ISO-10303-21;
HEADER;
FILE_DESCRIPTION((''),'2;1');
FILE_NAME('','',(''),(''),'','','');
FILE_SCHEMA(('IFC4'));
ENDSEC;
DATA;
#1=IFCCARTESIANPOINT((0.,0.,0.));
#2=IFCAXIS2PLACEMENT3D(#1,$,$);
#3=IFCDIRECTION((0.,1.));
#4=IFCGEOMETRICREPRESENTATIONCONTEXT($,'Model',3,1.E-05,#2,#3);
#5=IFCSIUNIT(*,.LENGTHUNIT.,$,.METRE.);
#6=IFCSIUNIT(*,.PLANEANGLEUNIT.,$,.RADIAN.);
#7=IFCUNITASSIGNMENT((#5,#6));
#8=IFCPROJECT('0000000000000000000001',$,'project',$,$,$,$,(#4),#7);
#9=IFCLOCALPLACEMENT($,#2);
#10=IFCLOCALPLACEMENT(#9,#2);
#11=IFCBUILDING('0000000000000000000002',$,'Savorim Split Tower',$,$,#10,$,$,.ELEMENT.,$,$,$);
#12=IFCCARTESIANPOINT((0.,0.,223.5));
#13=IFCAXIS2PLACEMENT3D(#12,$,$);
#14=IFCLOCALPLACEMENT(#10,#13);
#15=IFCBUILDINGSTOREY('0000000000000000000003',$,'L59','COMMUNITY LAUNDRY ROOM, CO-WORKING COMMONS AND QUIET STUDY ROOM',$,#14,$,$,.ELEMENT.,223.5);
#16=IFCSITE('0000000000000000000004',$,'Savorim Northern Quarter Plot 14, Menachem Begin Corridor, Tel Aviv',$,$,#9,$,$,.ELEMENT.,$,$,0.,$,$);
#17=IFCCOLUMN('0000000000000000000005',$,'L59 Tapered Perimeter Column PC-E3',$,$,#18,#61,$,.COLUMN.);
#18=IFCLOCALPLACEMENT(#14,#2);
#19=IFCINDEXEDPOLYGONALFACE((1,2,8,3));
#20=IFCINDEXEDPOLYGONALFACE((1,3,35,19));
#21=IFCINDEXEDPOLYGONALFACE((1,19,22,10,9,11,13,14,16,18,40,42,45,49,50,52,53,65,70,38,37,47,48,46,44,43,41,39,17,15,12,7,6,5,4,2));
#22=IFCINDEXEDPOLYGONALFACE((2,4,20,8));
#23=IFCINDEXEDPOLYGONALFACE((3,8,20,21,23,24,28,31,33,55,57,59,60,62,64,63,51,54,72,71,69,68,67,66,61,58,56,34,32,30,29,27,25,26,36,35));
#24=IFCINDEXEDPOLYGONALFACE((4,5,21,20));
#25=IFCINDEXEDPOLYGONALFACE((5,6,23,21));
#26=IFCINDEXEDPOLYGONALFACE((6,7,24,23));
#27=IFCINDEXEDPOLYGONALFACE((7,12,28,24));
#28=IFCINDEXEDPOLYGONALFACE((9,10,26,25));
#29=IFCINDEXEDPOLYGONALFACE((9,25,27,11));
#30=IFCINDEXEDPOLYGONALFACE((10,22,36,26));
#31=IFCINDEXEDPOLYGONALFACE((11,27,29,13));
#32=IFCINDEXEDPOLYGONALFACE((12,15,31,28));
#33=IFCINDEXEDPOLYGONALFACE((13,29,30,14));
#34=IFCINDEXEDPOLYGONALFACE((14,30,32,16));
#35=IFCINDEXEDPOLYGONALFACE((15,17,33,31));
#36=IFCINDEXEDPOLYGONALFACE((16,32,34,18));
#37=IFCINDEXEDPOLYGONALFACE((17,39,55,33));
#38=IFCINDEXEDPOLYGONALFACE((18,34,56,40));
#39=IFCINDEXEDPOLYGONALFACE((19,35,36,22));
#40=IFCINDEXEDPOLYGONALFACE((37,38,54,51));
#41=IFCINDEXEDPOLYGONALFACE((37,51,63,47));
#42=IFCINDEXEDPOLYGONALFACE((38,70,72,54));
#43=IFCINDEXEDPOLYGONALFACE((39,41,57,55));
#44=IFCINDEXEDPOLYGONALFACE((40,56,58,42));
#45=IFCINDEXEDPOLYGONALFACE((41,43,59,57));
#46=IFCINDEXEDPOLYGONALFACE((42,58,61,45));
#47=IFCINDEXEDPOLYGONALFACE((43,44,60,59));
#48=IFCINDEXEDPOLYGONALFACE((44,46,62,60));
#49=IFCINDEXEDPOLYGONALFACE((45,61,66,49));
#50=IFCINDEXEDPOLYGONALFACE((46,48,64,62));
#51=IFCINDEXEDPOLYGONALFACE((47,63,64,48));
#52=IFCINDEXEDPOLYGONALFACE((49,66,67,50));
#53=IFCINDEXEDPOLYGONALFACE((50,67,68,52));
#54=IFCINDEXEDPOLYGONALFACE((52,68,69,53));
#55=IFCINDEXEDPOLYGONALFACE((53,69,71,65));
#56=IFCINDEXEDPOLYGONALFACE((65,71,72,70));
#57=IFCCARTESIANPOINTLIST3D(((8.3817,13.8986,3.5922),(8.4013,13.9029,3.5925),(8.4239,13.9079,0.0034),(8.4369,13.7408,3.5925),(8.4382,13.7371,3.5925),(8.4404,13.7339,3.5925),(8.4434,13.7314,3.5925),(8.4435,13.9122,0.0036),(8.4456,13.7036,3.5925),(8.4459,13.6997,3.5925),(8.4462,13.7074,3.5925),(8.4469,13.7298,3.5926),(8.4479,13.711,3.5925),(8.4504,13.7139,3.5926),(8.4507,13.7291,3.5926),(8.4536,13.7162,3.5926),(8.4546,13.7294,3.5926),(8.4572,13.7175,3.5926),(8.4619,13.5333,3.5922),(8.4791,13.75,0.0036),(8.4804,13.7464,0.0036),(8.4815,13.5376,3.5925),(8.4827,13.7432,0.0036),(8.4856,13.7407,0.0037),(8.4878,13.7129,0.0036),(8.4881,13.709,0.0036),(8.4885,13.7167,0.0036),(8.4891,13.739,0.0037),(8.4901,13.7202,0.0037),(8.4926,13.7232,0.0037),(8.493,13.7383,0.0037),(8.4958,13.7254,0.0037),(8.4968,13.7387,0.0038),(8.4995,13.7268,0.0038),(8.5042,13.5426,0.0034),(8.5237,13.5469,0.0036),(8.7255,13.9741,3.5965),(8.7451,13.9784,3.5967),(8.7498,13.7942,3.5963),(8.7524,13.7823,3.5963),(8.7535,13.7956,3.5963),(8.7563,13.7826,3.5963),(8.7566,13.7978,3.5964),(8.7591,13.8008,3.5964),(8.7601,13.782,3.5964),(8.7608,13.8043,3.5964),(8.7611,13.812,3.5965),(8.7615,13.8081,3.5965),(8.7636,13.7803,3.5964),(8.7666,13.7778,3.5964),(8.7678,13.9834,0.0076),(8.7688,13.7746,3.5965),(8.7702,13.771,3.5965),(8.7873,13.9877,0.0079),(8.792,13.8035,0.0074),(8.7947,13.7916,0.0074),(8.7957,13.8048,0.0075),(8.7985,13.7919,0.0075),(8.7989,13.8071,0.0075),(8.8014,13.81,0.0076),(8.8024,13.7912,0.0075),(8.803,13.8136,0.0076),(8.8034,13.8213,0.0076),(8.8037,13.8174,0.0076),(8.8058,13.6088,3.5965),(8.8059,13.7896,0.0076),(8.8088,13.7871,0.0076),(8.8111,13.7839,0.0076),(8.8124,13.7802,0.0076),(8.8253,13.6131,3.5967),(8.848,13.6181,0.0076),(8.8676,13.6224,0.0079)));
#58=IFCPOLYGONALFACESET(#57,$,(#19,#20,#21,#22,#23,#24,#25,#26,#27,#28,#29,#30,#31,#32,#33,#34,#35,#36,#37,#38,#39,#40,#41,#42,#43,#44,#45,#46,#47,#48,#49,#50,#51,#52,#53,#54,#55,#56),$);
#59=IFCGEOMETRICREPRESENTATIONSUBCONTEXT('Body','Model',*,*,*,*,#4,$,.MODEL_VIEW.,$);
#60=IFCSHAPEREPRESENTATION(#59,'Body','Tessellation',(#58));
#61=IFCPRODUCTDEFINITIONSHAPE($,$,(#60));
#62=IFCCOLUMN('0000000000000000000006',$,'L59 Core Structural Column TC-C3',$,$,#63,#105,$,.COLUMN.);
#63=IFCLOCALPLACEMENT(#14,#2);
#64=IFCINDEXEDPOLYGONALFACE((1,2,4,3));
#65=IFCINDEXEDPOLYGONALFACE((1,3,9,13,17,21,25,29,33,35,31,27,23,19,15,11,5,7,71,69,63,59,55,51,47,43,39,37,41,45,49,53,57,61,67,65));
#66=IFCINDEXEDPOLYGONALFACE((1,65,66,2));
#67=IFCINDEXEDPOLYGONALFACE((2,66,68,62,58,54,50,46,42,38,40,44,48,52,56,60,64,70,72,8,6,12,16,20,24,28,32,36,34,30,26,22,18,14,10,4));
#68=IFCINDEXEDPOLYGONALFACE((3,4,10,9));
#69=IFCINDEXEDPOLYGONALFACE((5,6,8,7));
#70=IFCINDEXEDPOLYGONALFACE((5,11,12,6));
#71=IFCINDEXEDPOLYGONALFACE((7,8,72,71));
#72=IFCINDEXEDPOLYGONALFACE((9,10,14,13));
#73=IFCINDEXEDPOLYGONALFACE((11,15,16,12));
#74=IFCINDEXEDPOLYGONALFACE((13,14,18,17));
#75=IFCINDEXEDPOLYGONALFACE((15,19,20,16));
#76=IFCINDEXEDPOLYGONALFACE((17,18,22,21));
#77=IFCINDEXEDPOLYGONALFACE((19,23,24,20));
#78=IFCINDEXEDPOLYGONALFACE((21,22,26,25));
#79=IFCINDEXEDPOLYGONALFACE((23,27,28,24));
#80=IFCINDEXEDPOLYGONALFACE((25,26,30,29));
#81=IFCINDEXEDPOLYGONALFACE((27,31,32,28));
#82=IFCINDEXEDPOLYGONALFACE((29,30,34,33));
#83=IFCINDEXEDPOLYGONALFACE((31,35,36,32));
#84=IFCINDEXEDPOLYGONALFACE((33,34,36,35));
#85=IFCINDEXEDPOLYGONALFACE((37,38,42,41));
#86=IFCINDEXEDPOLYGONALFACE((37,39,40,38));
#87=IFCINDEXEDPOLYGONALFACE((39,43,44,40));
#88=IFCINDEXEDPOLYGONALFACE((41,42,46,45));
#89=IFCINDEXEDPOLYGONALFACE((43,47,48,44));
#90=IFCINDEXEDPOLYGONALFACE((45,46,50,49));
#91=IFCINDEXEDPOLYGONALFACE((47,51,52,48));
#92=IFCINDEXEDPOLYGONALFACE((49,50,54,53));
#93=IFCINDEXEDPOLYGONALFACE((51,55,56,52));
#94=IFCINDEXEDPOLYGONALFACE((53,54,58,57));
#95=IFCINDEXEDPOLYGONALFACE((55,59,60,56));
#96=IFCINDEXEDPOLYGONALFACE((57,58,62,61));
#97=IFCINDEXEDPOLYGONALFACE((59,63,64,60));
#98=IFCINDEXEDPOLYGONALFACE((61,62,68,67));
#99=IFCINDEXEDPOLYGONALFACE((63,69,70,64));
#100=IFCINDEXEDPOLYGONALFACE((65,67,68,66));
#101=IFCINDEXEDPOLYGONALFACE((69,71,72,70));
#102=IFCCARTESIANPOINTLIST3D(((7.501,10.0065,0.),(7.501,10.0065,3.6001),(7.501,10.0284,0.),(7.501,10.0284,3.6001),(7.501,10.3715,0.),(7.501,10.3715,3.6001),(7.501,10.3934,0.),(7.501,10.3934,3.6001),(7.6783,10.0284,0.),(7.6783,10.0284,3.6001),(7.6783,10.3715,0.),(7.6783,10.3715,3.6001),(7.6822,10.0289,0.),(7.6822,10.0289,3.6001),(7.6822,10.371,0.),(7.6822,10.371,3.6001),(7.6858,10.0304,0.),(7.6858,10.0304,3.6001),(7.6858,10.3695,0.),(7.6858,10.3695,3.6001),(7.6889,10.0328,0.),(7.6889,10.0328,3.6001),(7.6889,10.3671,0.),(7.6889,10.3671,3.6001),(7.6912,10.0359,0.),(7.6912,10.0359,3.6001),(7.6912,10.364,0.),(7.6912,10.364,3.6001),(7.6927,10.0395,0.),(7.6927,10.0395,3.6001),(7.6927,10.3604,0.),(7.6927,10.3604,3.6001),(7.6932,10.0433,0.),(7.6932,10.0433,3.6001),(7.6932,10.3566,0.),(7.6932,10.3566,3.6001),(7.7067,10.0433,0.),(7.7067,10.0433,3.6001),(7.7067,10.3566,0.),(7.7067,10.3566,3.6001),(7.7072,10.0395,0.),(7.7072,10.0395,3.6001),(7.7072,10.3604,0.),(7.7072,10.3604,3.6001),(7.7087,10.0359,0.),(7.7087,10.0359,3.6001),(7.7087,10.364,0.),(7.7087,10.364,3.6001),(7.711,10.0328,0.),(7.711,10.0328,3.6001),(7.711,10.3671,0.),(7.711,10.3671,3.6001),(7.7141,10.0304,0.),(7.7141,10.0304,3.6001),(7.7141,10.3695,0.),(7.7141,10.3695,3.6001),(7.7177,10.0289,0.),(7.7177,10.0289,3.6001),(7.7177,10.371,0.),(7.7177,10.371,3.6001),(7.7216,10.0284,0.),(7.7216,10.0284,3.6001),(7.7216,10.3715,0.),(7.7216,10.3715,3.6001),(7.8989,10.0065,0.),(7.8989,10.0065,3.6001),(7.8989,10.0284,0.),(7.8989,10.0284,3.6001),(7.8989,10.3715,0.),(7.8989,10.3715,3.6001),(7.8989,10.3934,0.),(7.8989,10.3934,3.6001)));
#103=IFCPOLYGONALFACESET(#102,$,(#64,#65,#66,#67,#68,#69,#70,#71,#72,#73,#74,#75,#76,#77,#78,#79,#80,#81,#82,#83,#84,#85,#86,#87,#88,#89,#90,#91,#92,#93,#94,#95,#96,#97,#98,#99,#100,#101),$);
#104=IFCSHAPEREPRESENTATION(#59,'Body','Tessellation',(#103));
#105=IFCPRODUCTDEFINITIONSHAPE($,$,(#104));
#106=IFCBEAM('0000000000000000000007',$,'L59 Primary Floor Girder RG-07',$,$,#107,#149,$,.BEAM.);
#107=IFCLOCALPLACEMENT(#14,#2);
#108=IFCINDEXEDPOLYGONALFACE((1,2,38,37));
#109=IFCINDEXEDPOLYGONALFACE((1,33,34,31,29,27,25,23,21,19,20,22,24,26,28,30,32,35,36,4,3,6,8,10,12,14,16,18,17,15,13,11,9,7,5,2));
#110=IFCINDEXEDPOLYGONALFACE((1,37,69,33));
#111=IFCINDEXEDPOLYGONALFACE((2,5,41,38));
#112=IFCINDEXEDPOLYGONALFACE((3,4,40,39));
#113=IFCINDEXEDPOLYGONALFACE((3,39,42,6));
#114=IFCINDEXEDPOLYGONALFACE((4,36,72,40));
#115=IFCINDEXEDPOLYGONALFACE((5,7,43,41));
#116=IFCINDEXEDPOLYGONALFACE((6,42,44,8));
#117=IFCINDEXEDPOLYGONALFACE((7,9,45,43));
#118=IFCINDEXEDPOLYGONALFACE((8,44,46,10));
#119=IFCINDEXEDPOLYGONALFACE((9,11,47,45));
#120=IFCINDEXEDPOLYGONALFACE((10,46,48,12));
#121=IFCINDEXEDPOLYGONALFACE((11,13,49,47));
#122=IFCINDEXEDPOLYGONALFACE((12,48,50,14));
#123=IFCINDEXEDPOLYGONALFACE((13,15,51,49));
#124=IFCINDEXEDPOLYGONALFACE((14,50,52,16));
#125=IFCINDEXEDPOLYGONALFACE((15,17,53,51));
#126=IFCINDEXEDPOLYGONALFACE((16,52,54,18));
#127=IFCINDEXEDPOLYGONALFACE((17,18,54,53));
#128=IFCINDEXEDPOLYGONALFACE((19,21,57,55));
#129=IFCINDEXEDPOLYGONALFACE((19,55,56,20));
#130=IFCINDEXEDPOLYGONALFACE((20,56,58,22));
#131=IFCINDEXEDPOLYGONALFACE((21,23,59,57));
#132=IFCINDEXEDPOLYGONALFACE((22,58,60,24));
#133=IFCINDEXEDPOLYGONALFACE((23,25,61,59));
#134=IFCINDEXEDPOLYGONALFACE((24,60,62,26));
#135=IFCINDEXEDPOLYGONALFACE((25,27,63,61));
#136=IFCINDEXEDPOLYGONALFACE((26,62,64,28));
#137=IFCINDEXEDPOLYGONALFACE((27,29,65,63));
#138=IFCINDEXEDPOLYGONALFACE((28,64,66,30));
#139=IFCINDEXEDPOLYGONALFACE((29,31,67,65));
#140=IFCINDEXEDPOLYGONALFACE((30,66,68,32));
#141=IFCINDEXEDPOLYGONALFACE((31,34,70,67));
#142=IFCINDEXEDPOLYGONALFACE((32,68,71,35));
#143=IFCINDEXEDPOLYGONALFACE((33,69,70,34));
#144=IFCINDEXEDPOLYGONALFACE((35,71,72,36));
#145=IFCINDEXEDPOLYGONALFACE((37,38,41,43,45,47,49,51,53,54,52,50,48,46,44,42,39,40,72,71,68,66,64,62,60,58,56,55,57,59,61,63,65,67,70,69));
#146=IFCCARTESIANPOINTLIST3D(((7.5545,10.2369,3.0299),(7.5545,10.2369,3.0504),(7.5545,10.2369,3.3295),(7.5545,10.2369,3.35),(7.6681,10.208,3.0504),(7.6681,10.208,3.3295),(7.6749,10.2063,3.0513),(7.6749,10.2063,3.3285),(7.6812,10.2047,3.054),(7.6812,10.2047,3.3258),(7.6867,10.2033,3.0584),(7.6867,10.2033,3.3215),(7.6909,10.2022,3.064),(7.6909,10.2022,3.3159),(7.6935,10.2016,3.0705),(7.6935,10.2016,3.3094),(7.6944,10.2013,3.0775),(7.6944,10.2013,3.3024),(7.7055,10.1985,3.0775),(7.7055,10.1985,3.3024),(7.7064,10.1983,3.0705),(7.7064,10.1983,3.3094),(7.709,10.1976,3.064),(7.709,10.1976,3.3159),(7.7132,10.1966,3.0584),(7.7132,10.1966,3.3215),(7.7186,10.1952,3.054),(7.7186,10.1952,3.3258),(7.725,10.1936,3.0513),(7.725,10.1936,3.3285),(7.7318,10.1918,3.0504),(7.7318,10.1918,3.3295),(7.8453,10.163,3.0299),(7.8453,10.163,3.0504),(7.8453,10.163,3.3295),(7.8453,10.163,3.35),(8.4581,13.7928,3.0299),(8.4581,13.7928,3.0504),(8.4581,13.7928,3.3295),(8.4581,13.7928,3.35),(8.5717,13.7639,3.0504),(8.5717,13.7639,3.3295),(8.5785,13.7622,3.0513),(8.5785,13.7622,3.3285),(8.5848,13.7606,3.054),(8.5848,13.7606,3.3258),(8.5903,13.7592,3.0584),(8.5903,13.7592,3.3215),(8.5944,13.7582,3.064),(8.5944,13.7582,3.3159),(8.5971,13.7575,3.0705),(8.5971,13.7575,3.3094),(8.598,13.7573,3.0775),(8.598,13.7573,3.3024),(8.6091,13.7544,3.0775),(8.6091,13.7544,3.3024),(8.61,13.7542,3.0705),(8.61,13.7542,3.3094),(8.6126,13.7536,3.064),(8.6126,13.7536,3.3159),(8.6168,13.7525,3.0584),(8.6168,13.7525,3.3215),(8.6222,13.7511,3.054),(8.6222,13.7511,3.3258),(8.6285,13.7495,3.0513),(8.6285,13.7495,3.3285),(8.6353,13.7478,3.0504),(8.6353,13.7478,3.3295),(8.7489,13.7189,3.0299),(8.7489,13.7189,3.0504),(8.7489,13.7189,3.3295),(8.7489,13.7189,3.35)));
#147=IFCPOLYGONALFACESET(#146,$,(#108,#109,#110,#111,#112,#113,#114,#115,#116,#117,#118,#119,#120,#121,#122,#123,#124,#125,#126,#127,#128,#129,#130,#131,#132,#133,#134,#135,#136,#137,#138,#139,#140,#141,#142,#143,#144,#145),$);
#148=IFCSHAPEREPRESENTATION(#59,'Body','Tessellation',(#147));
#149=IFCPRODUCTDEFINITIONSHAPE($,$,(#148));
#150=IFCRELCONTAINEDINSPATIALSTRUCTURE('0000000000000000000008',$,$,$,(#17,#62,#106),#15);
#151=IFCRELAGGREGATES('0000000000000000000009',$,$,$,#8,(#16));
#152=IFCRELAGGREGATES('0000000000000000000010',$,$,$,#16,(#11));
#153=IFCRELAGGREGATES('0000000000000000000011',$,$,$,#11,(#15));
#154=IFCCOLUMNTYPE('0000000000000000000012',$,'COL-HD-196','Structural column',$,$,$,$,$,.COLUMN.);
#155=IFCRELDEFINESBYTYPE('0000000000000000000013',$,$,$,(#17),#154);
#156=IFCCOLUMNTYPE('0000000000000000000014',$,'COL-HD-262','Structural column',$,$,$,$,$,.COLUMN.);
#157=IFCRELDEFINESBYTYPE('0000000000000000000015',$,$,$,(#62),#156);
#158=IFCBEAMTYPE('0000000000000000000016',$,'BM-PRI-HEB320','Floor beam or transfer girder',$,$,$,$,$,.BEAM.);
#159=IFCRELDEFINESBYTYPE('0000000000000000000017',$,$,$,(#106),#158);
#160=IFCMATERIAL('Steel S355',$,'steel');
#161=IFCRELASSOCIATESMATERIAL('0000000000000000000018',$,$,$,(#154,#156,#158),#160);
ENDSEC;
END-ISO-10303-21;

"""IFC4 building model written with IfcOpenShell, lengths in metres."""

from ifc_helpers import new_model, si_unit, direction, frame, origin, origin_2d, place, context, subcontext, project, spatial, i_section, extrude, material, material_profile, profile_set, type_object, element, save


model = new_model("IFC4")

# Units and contexts
model_context = context("Model", 3, precision=1e-05, world=origin(), true_north=direction((0.0, 1.0)))
body_context = subcontext(model_context, "Body", "Model", "MODEL_VIEW")
ifc_project = project(units=[si_unit("LENGTHUNIT", "METRE"), si_unit("PLANEANGLEUNIT", "RADIAN")], contexts=[model_context])

# Site, building, storey
site_placement = place(None, origin())
site = spatial("IfcSite", under=ifc_project, at=site_placement, Name="Savorim Northern Quarter Plot 14, Menachem Begin Corridor, Tel Aviv", CompositionType="ELEMENT", RefElevation=0.0)
building_placement = place(site_placement, origin())
building = spatial("IfcBuilding", under=site, at=building_placement, Name="Savorim Split Tower", CompositionType="ELEMENT")
storey_placement = place(building_placement, frame((0.0, 0.0, 223.5)))
storey = spatial("IfcBuildingStorey", under=building, at=storey_placement, Name="L59", Description="COMMUNITY LAUNDRY ROOM, CO-WORKING COMMONS AND QUIET STUDY ROOM", CompositionType="ELEMENT", Elevation=223.5)

# Columns
ifc_material_1 = material(Name="Steel S355", Category="steel")
ifc_material_profile_1 = material_profile(ifc_material_1, i_section(OverallWidth=0.374, OverallDepth=0.3721, WebThickness=0.0122, FlangeThickness=0.02, FilletRadius=0.0149, at=origin_2d()), Name="HD 360x196")
ifc_profile_set_1 = profile_set([ifc_material_profile_1], Name="Steel S355")
column_type_1 = type_object("IfcColumnType", Name="COL-HD-196", Description="Structural column", PredefinedType="COLUMN", material=ifc_profile_set_1)
column_1_placement = place(storey_placement, frame((8.6458, 13.7651, 0.0056), z_axis=(-0.011768, -0.002585, 0.999927), x_axis=(0.214539, -0.976715, 0.0)))
element("IfcColumn", 1, at=column_1_placement, inside=storey, type_object=column_type_1, Name="L59 Tapered Perimeter Column PC-E3", PredefinedType="COLUMN", context=body_context, shape_type="SweptSolid", body=[
    extrude(i_section(OverallWidth=0.374, OverallDepth=0.3721, WebThickness=0.0122, FlangeThickness=0.02, FilletRadius=0.0149, at=origin_2d()), origin(), (0.0, 0.0, 1.0), 3.5891),
])
ifc_material_profile_2 = material_profile(ifc_material_1, i_section(OverallWidth=0.3979, OverallDepth=0.387, WebThickness=0.0134, FlangeThickness=0.022, FilletRadius=0.0149, at=origin_2d()), Name="HD 400x262")
ifc_profile_set_2 = profile_set([ifc_material_profile_2], Name="Steel S355")
column_type_2 = type_object("IfcColumnType", Name="COL-HD-262", Description="Structural column", PredefinedType="COLUMN", material=ifc_profile_set_2)
column_2_placement = place(storey_placement, frame((7.7, 10.2, 0.0), z_axis=(0.0, 0.0, 1.0), x_axis=(1.0, 0.0, 0.0)))
element("IfcColumn", 2, at=column_2_placement, inside=storey, type_object=column_type_2, Name="L59 Core Structural Column TC-C3", PredefinedType="COLUMN", context=body_context, shape_type="SweptSolid", body=[
    extrude(i_section(OverallWidth=0.3979, OverallDepth=0.387, WebThickness=0.0134, FlangeThickness=0.022, FilletRadius=0.0149, at=origin_2d()), origin(), (0.0, 0.0, 1.0), 3.6001),
])

# Beam
ifc_material_profile_3 = material_profile(ifc_material_1, i_section(OverallWidth=0.3, OverallDepth=0.3201, WebThickness=0.0115, FlangeThickness=0.0205, FilletRadius=0.0271, at=origin_2d()), Name="HEB 320")
ifc_profile_set_3 = profile_set([ifc_material_profile_3], Name="Steel S355")
beam_type_1 = type_object("IfcBeamType", Name="BM-PRI-HEB320", Description="Floor beam or transfer girder", PredefinedType="BEAM", material=ifc_profile_set_3)
beam_1_placement = place(storey_placement, frame((8.6035, 13.7559, 3.1899), z_axis=(-0.246276, -0.9692, 0.0), x_axis=(0.9692, -0.246276, 0.0)))
element("IfcBeam", 3, at=beam_1_placement, inside=storey, type_object=beam_type_1, Name="L59 Primary Floor Girder RG-07", PredefinedType="BEAM", context=body_context, shape_type="SweptSolid", body=[
    extrude(i_section(OverallWidth=0.3, OverallDepth=0.3201, WebThickness=0.0115, FlangeThickness=0.0205, FilletRadius=0.0271, at=origin_2d()), origin(), (0.0, 0.0, 1.0), 3.6689),
])

save(model, "model.ifc")
